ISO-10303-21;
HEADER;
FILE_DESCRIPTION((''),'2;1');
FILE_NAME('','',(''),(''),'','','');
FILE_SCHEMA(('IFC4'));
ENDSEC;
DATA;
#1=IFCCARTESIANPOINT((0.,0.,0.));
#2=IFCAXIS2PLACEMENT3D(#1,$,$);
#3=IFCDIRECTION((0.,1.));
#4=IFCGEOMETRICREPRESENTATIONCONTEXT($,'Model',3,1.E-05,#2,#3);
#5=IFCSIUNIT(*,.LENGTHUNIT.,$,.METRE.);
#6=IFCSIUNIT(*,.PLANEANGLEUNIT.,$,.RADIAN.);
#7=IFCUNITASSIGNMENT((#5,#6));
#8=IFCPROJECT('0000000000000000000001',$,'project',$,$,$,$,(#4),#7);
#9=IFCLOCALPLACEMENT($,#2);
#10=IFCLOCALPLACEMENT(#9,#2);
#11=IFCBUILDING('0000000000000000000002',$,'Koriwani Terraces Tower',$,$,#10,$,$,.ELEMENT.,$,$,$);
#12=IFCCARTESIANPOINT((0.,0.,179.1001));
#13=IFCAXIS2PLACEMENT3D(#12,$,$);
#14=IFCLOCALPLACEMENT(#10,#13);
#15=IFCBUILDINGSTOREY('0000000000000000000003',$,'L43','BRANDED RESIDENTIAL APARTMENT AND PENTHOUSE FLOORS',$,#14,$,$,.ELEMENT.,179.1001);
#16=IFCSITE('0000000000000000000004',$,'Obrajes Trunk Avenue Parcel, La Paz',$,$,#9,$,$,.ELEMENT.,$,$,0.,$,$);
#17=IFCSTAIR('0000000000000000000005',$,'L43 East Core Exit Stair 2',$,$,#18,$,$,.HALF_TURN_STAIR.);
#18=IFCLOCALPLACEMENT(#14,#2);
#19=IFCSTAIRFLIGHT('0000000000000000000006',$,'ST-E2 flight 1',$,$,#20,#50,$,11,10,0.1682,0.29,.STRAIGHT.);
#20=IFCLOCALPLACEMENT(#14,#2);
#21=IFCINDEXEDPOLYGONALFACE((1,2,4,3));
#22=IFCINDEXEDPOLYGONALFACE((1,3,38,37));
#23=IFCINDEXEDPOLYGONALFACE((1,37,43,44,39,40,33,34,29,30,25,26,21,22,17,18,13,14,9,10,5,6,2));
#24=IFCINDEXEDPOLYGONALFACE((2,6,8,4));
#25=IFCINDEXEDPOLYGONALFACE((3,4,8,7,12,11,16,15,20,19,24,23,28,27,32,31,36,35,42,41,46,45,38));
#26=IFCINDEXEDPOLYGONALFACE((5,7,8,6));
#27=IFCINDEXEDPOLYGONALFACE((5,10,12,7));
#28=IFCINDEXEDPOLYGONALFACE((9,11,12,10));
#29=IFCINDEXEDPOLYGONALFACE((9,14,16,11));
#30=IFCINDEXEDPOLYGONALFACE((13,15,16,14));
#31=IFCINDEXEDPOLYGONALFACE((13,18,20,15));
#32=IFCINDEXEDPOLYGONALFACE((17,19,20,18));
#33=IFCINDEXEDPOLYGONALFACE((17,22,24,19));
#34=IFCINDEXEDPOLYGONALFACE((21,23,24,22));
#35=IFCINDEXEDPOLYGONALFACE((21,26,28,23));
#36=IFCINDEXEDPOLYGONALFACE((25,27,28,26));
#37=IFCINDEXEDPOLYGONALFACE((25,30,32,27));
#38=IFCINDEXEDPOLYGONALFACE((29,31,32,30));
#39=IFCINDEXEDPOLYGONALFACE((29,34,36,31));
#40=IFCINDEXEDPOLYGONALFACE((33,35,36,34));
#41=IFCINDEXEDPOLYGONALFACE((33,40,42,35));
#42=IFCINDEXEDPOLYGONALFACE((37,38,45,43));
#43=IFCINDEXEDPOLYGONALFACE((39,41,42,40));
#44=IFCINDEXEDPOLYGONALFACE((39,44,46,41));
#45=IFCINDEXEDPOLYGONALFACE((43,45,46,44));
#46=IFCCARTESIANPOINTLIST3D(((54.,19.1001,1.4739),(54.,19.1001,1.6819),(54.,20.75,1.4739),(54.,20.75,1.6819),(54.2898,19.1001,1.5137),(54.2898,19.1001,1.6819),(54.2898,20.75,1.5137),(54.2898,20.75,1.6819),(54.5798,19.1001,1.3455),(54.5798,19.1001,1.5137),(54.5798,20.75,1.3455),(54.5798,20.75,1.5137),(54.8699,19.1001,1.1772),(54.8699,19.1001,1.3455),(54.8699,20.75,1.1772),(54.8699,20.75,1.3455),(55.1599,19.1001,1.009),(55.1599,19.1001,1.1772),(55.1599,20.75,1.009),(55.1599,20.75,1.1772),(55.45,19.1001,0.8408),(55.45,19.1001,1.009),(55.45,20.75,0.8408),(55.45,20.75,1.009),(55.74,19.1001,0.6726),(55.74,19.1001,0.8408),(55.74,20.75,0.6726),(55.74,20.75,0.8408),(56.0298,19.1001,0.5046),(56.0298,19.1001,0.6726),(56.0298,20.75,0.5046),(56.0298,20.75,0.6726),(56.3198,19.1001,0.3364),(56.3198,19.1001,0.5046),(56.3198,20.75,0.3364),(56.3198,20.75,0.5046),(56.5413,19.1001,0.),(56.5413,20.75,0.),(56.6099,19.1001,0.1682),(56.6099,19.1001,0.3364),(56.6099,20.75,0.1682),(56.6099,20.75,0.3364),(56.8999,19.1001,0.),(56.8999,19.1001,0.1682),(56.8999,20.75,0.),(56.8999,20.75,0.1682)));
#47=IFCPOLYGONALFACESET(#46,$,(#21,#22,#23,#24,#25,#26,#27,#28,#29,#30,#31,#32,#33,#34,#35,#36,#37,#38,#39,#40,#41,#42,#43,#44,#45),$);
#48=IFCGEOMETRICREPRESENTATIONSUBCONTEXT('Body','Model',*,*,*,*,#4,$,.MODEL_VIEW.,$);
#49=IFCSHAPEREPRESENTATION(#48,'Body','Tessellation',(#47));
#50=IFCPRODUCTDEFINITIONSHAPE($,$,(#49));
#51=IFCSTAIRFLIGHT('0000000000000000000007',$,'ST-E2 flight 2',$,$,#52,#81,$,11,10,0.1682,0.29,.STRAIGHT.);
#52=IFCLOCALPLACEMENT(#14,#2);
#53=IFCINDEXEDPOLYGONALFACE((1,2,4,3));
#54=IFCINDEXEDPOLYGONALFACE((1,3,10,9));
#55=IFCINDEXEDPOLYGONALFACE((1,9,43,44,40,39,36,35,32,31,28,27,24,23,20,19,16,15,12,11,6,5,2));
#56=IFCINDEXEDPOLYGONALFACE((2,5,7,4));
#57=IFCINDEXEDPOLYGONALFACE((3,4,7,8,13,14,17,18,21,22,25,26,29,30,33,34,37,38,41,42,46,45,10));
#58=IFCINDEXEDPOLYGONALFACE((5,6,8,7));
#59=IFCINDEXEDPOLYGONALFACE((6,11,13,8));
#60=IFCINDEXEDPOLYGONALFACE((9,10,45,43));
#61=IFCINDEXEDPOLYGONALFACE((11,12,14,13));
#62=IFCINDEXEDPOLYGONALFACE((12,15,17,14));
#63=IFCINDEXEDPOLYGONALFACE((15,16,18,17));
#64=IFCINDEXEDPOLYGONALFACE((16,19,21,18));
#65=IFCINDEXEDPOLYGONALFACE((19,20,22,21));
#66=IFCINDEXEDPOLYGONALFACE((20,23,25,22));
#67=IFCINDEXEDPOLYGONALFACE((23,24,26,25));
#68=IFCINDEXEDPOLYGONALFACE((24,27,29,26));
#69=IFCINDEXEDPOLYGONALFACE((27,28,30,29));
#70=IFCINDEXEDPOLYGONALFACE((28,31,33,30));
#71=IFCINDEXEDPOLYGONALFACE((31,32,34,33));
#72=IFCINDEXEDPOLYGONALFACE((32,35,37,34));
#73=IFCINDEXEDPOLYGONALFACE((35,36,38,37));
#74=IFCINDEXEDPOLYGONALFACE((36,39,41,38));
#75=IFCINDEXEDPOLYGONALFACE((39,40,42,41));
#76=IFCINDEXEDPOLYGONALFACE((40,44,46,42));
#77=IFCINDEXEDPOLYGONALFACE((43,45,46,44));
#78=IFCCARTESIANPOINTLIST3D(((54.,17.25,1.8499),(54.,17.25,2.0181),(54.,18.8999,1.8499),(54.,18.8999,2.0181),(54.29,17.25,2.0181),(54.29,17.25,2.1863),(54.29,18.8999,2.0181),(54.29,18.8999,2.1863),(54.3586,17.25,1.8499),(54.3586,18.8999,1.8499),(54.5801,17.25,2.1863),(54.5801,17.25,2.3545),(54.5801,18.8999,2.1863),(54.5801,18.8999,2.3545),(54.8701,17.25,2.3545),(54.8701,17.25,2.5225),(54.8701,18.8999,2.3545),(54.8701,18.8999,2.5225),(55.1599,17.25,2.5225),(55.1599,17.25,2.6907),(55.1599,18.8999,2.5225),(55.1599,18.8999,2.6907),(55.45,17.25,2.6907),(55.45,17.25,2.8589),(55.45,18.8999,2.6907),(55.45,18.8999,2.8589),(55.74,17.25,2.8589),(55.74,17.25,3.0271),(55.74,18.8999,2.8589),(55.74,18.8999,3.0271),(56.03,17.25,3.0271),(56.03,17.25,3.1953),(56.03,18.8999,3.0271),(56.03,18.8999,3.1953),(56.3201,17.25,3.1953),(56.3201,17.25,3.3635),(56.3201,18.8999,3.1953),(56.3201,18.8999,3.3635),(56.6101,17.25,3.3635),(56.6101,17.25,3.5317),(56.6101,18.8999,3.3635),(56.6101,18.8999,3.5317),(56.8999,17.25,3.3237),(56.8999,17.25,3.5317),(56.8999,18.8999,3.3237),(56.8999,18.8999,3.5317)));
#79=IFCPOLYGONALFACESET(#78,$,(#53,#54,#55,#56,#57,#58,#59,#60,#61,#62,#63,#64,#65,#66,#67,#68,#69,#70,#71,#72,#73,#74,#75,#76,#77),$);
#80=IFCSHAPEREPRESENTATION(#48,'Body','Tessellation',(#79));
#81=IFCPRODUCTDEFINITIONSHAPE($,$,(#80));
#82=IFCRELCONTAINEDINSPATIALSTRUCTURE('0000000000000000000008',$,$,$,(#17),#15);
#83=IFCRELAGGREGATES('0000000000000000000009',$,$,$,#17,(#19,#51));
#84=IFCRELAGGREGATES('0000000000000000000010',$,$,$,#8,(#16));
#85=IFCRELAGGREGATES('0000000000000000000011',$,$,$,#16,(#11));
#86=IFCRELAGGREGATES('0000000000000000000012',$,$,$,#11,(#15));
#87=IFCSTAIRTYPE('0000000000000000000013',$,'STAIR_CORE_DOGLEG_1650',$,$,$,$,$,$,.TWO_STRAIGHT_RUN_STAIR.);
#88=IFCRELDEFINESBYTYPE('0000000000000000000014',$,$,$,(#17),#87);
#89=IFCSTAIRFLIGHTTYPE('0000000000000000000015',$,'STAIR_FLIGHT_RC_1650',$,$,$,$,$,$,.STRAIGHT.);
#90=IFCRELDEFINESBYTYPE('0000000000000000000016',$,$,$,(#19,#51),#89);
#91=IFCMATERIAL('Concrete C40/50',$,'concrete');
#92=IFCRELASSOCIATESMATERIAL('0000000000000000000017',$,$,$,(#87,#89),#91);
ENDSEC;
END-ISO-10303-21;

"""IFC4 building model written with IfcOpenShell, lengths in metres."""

from ifc_helpers import new_model, si_unit, direction, frame, origin, place, context, subcontext, project, spatial, polyline, outline, extrude, material, type_object, element, aggregate, save


model = new_model("IFC4")

# Units and contexts
model_context = context("Model", 3, precision=1e-05, world=origin(), true_north=direction((0.0, 1.0)))
body_context = subcontext(model_context, "Body", "Model", "MODEL_VIEW")
ifc_project = project(units=[si_unit("LENGTHUNIT", "METRE"), si_unit("PLANEANGLEUNIT", "RADIAN")], contexts=[model_context])

# Site, building, storey
site_placement = place(None, origin())
site = spatial("IfcSite", under=ifc_project, at=site_placement, Name="Obrajes Trunk Avenue Parcel, La Paz", CompositionType="ELEMENT", RefElevation=0.0)
building_placement = place(site_placement, origin())
building = spatial("IfcBuilding", under=site, at=building_placement, Name="Koriwani Terraces Tower", CompositionType="ELEMENT")
storey_placement = place(building_placement, frame((0.0, 0.0, 179.1001)))
storey = spatial("IfcBuildingStorey", under=building, at=storey_placement, Name="L43", Description="BRANDED RESIDENTIAL APARTMENT AND PENTHOUSE FLOORS", CompositionType="ELEMENT", Elevation=179.1001)

# Shared definitions
ifc_material_1 = material(Name="Concrete C40/50", Category="concrete")

# Stair, stair flights
stair_type = type_object("IfcStairType", Name="STAIR_CORE_DOGLEG_1650", PredefinedType="TWO_STRAIGHT_RUN_STAIR", material=ifc_material_1)
stair_placement = place(storey_placement, origin())
stair = element("IfcStair", 1, at=stair_placement, inside=storey, type_object=stair_type, Name="L43 East Core Exit Stair 2", PredefinedType="HALF_TURN_STAIR")
stair_flight_type = type_object("IfcStairFlightType", Name="STAIR_FLIGHT_RC_1650", PredefinedType="STRAIGHT", material=ifc_material_1)
stair_flight_1_placement = place(storey_placement, frame((56.8999, 19.925, 0.0), z_axis=(0.0, 0.0, 1.0), x_axis=(-1.0, 0.0, 0.0)))
stair_flight_1 = element("IfcStairFlight", 2, at=stair_flight_1_placement, type_object=stair_flight_type, Name="ST-E2 flight 1", NumberOfRisers=11, NumberOfTreads=10, PredefinedType="STRAIGHT", RiserHeight=0.1682, TreadLength=0.29, context=body_context, shape_type="SweptSolid", body=[
    extrude(outline(polyline([(0.0, 0.0), (0.0, 0.1682), (0.29, 0.1682), (0.29, 0.3364), (0.5801, 0.3364), (0.5801, 0.5046), (0.8701, 0.5046), (0.8701, 0.6726), (1.1599, 0.6726), (1.1599, 0.8408), (1.45, 0.8408), (1.45, 1.009), (1.74, 1.009), (1.74, 1.1772), (2.03, 1.1772), (2.03, 1.3455), (2.3201, 1.3455), (2.3201, 1.5137), (2.6101, 1.5137), (2.6101, 1.6819), (2.8999, 1.6819), (2.8999, 1.8501), (2.8999, 1.4739), (0.3586, 0.0), (0.0, 0.0)])), frame((0.0, 0.825, 0.0), z_axis=(0.0, -1.0, 0.0), x_axis=(1.0, 0.0, 0.0)), (0.0, 0.0, 1.0), 1.6499),
])
stair_flight_2_placement = place(storey_placement, frame((54.0, 18.075, 1.8499), z_axis=(0.0, 0.0, 1.0), x_axis=(1.0, 0.0, 0.0)))
stair_flight_2 = element("IfcStairFlight", 3, at=stair_flight_2_placement, type_object=stair_flight_type, Name="ST-E2 flight 2", NumberOfRisers=11, NumberOfTreads=10, PredefinedType="STRAIGHT", RiserHeight=0.1682, TreadLength=0.29, context=body_context, shape_type="SweptSolid", body=[
    extrude(outline(polyline([(0.0, 0.0), (0.0, 0.1682), (0.29, 0.1682), (0.29, 0.3364), (0.5801, 0.3364), (0.5801, 0.5046), (0.8701, 0.5046), (0.8701, 0.6726), (1.1599, 0.6726), (1.1599, 0.8408), (1.45, 0.8408), (1.45, 1.009), (1.74, 1.009), (1.74, 1.1772), (2.03, 1.1772), (2.03, 1.3455), (2.3201, 1.3455), (2.3201, 1.5137), (2.6101, 1.5137), (2.6101, 1.6819), (2.8999, 1.6819), (2.8999, 1.8501), (2.8999, 1.4739), (0.3586, 0.0), (0.0, 0.0)])), frame((0.0, 0.825, 0.0), z_axis=(0.0, -1.0, 0.0), x_axis=(1.0, 0.0, 0.0)), (0.0, 0.0, 1.0), 1.6499),
])
aggregate(stair, [stair_flight_1, stair_flight_2])

save(model, "model.ifc")
